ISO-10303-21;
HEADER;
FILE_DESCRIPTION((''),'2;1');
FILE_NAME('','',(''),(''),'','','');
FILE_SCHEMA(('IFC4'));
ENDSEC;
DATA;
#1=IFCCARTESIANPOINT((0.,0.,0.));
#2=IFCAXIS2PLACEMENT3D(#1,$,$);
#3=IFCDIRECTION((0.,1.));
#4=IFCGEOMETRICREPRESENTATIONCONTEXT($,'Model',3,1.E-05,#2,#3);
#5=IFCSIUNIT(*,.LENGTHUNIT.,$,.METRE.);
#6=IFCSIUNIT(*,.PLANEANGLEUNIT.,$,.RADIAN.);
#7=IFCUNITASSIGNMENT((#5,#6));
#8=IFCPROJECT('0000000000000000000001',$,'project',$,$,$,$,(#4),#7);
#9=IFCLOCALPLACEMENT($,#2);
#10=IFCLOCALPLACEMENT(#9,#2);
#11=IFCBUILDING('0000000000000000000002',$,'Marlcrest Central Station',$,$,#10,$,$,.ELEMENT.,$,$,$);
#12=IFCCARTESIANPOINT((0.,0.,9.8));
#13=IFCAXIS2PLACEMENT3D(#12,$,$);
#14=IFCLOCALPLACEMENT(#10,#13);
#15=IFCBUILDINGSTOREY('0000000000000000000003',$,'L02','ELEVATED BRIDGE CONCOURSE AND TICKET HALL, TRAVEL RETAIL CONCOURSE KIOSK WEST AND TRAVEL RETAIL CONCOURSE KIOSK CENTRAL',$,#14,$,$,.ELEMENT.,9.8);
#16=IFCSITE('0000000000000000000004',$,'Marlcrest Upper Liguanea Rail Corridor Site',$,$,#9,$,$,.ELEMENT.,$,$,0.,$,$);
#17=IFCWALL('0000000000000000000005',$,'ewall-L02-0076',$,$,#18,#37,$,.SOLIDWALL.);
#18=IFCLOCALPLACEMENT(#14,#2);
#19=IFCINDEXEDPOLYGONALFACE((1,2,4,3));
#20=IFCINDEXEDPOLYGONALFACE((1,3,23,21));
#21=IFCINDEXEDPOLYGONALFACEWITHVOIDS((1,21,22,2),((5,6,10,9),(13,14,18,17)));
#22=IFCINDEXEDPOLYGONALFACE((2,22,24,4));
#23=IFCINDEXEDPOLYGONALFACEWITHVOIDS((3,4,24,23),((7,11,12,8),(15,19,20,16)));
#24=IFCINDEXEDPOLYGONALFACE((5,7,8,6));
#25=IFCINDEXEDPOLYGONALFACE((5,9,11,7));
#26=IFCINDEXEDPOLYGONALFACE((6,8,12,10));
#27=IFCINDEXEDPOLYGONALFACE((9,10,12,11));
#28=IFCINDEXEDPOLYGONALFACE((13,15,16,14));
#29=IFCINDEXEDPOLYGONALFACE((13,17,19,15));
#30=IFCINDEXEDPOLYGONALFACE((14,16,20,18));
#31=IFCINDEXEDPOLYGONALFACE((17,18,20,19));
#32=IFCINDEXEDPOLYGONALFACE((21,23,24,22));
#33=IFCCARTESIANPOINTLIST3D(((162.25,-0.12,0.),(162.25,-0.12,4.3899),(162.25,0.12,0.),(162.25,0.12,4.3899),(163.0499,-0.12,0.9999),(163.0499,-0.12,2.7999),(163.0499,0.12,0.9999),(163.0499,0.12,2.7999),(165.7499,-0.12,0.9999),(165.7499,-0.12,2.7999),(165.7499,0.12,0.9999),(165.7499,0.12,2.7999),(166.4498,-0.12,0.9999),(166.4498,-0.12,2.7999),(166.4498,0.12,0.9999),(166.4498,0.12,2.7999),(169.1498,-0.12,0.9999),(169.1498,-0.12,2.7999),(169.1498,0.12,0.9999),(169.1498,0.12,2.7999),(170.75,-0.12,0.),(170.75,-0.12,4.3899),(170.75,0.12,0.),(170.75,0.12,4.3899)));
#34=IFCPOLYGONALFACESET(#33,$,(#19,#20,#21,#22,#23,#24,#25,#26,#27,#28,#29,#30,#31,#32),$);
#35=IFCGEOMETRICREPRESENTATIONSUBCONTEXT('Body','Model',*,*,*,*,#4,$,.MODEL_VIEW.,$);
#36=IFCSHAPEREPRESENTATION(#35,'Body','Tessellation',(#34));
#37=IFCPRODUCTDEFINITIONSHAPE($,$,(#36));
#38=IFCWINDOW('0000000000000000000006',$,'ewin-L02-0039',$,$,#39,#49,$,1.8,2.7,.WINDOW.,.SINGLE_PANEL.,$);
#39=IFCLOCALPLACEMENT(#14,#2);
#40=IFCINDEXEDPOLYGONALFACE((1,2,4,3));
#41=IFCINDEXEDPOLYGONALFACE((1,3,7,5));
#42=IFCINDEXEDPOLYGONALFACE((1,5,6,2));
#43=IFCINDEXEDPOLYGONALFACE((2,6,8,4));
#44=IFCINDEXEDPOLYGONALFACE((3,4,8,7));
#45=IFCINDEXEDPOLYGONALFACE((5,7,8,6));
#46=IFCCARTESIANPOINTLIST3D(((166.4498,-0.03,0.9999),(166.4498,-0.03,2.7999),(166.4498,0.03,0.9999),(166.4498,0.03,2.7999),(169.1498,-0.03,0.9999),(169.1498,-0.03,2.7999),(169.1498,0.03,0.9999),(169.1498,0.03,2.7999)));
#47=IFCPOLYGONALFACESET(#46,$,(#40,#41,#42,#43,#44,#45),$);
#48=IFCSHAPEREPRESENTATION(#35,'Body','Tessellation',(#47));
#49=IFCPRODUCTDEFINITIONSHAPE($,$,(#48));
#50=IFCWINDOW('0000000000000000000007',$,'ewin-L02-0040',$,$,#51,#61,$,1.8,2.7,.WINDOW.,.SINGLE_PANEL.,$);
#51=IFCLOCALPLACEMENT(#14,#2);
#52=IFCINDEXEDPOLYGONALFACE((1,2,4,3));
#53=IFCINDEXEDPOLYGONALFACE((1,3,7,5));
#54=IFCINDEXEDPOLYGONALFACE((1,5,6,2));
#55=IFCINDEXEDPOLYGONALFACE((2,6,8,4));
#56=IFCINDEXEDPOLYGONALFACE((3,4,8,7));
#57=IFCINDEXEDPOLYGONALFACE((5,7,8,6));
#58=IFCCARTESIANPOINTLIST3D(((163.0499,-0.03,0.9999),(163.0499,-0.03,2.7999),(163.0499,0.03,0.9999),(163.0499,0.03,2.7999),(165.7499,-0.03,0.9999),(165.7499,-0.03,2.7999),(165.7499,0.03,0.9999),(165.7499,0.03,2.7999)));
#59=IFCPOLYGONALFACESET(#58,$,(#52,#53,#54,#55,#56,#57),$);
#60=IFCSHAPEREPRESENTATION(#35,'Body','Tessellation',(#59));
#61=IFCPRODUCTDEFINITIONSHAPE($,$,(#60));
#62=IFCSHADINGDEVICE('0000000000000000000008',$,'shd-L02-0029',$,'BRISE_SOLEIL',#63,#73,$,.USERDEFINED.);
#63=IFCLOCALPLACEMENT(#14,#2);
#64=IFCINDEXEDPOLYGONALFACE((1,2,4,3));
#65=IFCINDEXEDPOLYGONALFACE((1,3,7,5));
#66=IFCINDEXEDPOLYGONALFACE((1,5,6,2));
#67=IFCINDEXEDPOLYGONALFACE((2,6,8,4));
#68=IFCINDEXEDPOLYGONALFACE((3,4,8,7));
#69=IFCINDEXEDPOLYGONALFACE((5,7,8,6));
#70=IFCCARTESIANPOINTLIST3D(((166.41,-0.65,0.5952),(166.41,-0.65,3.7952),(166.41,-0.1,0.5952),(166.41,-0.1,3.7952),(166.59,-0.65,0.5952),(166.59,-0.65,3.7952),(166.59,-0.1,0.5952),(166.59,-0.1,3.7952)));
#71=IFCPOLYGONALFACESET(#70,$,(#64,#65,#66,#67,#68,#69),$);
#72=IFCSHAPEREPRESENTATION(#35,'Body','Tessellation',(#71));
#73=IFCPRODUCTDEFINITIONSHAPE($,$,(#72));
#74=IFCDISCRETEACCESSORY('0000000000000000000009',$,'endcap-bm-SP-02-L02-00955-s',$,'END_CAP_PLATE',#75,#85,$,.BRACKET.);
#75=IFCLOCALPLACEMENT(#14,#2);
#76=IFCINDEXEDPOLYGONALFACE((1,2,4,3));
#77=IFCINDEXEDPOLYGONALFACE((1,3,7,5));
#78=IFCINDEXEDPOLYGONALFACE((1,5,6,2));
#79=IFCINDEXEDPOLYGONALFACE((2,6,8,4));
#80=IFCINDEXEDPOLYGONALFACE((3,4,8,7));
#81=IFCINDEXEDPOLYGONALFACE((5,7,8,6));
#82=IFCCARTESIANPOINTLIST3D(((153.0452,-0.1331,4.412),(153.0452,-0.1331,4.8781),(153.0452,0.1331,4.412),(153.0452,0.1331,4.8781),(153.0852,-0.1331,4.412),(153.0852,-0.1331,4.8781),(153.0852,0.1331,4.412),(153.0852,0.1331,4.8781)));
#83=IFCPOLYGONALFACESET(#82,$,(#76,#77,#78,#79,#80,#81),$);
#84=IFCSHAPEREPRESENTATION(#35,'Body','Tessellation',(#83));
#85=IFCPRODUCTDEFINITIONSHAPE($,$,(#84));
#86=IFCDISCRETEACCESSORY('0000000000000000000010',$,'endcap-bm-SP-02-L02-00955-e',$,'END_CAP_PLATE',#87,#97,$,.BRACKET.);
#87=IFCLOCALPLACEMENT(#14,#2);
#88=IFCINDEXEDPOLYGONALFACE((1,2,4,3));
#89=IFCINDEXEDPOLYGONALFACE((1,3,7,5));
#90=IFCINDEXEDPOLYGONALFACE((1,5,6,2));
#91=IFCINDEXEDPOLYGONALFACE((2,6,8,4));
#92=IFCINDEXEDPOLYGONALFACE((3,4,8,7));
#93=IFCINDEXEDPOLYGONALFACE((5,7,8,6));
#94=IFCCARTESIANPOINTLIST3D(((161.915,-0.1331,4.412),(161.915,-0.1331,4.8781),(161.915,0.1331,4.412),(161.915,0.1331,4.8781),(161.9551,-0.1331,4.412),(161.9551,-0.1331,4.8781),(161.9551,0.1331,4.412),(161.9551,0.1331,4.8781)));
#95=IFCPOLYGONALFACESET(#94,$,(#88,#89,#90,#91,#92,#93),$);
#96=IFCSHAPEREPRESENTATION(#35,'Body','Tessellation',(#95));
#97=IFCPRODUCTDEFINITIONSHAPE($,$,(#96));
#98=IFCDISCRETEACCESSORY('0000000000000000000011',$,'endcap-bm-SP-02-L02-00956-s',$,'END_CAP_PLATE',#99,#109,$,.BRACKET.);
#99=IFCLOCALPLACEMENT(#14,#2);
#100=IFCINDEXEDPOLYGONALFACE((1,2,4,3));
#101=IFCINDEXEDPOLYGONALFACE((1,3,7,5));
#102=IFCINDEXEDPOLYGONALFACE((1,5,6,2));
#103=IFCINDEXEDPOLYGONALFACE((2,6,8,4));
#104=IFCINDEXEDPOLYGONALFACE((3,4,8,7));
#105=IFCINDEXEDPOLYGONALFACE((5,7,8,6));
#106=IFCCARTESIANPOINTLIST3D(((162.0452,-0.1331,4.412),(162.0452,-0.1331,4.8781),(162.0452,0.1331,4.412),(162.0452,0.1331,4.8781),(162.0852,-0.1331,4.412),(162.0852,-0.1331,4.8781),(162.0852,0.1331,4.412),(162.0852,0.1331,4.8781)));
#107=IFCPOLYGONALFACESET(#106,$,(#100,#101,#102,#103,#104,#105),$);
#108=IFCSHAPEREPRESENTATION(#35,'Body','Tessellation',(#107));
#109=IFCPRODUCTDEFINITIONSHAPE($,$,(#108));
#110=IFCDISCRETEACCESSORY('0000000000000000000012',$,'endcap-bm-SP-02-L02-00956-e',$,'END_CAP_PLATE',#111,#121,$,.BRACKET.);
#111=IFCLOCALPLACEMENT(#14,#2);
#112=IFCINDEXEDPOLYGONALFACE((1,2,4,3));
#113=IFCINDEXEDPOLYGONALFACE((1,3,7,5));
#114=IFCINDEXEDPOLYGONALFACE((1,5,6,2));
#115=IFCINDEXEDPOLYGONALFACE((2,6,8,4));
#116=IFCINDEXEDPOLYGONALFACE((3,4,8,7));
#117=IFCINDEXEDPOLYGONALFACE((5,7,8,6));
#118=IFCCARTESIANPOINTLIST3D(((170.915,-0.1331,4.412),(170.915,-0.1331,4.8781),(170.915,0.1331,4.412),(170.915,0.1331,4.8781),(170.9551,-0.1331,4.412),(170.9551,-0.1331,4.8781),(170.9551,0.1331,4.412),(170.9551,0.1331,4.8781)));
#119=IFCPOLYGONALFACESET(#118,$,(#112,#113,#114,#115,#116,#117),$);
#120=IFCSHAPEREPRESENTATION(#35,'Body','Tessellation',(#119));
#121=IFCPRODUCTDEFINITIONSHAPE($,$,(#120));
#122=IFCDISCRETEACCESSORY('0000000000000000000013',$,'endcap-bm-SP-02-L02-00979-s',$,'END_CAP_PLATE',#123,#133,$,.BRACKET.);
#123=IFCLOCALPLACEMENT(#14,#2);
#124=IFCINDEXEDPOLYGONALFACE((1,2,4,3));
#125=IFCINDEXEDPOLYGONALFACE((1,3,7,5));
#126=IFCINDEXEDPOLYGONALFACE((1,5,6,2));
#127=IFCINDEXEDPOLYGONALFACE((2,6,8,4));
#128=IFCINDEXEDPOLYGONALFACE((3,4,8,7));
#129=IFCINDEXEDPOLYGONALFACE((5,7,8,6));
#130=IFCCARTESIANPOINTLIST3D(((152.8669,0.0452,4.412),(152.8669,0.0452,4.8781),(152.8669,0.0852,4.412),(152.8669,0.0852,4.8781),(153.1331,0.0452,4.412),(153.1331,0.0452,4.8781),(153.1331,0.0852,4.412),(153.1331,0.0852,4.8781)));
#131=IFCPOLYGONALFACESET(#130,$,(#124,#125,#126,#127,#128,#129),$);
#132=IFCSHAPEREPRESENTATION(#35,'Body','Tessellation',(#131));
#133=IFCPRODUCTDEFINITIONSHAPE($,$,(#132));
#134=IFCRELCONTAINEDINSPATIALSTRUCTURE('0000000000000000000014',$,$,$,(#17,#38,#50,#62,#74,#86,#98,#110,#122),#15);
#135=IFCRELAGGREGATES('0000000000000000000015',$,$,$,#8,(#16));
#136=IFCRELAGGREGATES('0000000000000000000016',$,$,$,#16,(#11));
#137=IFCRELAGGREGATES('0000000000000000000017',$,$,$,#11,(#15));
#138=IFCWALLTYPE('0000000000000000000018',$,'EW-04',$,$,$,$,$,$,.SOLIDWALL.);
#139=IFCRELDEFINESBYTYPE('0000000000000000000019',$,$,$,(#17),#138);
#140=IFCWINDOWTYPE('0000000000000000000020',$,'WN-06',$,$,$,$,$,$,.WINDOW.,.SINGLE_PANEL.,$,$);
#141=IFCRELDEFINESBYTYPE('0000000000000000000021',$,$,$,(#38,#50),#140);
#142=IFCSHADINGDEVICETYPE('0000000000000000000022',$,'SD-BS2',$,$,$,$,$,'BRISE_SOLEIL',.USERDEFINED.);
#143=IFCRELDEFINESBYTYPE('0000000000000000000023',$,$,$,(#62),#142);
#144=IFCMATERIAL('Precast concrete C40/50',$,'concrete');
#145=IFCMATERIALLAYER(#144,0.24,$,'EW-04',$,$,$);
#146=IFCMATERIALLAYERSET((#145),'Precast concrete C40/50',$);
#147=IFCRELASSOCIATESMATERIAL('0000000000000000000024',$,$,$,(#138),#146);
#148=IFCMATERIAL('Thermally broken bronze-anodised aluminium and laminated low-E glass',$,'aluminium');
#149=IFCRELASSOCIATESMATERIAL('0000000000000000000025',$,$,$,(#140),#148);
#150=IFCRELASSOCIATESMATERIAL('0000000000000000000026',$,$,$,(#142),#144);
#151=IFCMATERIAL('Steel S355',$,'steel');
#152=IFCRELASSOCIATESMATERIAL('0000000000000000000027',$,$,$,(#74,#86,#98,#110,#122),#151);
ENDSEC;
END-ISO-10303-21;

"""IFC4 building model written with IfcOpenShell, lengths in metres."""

from ifc_helpers import new_model, si_unit, direction, frame, frame_2d, origin, origin_2d, place, context, subcontext, project, spatial, rectangle, extrude, material, layer, layer_set, type_object, element, fill, save


model = new_model("IFC4")

# Units and contexts
model_context = context("Model", 3, precision=1e-05, world=origin(), true_north=direction((0.0, 1.0)))
body_context = subcontext(model_context, "Body", "Model", "MODEL_VIEW")
ifc_project = project(units=[si_unit("LENGTHUNIT", "METRE"), si_unit("PLANEANGLEUNIT", "RADIAN")], contexts=[model_context])

# Site, building, storey
site_placement = place(None, origin())
site = spatial("IfcSite", under=ifc_project, at=site_placement, Name="Marlcrest Upper Liguanea Rail Corridor Site", CompositionType="ELEMENT", RefElevation=0.0)
building_placement = place(site_placement, origin())
building = spatial("IfcBuilding", under=site, at=building_placement, Name="Marlcrest Central Station", CompositionType="ELEMENT")
storey_placement = place(building_placement, frame((0.0, 0.0, 9.8)))
storey = spatial("IfcBuildingStorey", under=building, at=storey_placement, Name="L02", Description="ELEVATED BRIDGE CONCOURSE AND TICKET HALL, TRAVEL RETAIL CONCOURSE KIOSK WEST AND TRAVEL RETAIL CONCOURSE KIOSK CENTRAL", CompositionType="ELEMENT", Elevation=9.8)

# Shared definitions
ifc_material_1 = material(Name="Steel S355", Category="steel")

# Wall, openings, windows
ifc_material_2 = material(Name="Precast concrete C40/50", Category="concrete")
ifc_layer_1 = layer(ifc_material_2, 0.24, Name="EW-04")
ifc_layer_set_1 = layer_set([ifc_layer_1], Name="Precast concrete C40/50")
wall_type = type_object("IfcWallType", Name="EW-04", PredefinedType="SOLIDWALL", material=ifc_layer_set_1)
wall_placement = place(storey_placement, frame((170.75, 0.0, 0.0), z_axis=(0.0, 0.0, 1.0), x_axis=(-1.0, 0.0, 0.0)))
wall = element("IfcWall", 1, at=wall_placement, inside=storey, type_object=wall_type, Name="ewall-L02-0076", PredefinedType="SOLIDWALL", context=body_context, shape_type="SweptSolid", body=[
    extrude(rectangle(XDim=8.5, YDim=0.24, at=frame_2d((4.25, 0.0))), origin(), (0.0, 0.0, 1.0), 4.3899),
])
opening_1_placement = place(wall_placement, frame((1.6001, 0.0, 1.0)))
opening_1 = element("IfcOpeningElement", 2, at=opening_1_placement, cuts=wall, PredefinedType="OPENING", context=body_context, shape_type="SweptSolid", body=[
    extrude(rectangle(XDim=2.7, YDim=1.8, at=frame_2d((1.3501, 0.8999))), frame((0.0, 0.1299, 0.0), z_axis=(0.0, -1.0, 0.0), x_axis=(1.0, 0.0, 0.0)), (0.0, 0.0, 1.0), 0.26),
])
opening_2_placement = place(wall_placement, frame((5.0, 0.0, 1.0)))
opening_2 = element("IfcOpeningElement", 3, at=opening_2_placement, cuts=wall, PredefinedType="OPENING", context=body_context, shape_type="SweptSolid", body=[
    extrude(rectangle(XDim=2.7, YDim=1.8, at=frame_2d((1.3501, 0.8999))), frame((0.0, 0.1299, 0.0), z_axis=(0.0, -1.0, 0.0), x_axis=(1.0, 0.0, 0.0)), (0.0, 0.0, 1.0), 0.26),
])
ifc_material_3 = material(Name="Thermally broken bronze-anodised aluminium and laminated low-E glass", Category="aluminium")
window_type = type_object("IfcWindowType", Name="WN-06", PartitioningType="SINGLE_PANEL", PredefinedType="WINDOW", material=ifc_material_3)
window_1_placement = place(opening_1_placement, origin())
window_1 = element("IfcWindow", 4, at=window_1_placement, inside=storey, type_object=window_type, Name="ewin-L02-0039", OverallHeight=1.8, OverallWidth=2.7, PartitioningType="SINGLE_PANEL", PredefinedType="WINDOW", context=body_context, shape_type="SweptSolid", body=[
    extrude(rectangle(XDim=2.7, YDim=1.8, at=frame_2d((1.3501, 0.8999))), frame((0.0, 0.03, 0.0), z_axis=(0.0, -1.0, 0.0), x_axis=(1.0, 0.0, 0.0)), (0.0, 0.0, 1.0), 0.0601),
])
fill(opening_1, window_1)
window_2_placement = place(opening_2_placement, origin())
window_2 = element("IfcWindow", 5, at=window_2_placement, inside=storey, type_object=window_type, Name="ewin-L02-0040", OverallHeight=1.8, OverallWidth=2.7, PartitioningType="SINGLE_PANEL", PredefinedType="WINDOW", context=body_context, shape_type="SweptSolid", body=[
    extrude(rectangle(XDim=2.7, YDim=1.8, at=frame_2d((1.3501, 0.8999))), frame((0.0, 0.03, 0.0), z_axis=(0.0, -1.0, 0.0), x_axis=(1.0, 0.0, 0.0)), (0.0, 0.0, 1.0), 0.0601),
])
fill(opening_2, window_2)

# Shading device
shading_device_type = type_object("IfcShadingDeviceType", Name="SD-BS2", ElementType="BRISE_SOLEIL", PredefinedType="USERDEFINED", material=ifc_material_2)
shading_device_placement = place(storey_placement, frame((166.5, -0.375, 0.5952), z_axis=(0.0, 0.0, 1.0), x_axis=(1.0, 0.0, 0.0)))
element("IfcShadingDevice", 6, at=shading_device_placement, inside=storey, type_object=shading_device_type, Name="shd-L02-0029", ObjectType="BRISE_SOLEIL", PredefinedType="USERDEFINED", context=body_context, shape_type="SweptSolid", body=[
    extrude(rectangle(XDim=0.1799, YDim=0.55, at=origin_2d()), origin(), (0.0, 0.0, 1.0), 3.2),
])

# Discrete accessories
for number, where, z_axis, x_axis, name in (
    (7, (153.0452, 0.0, 4.645), (1.0, 0.0, 0.0), (0.0, 1.0, 0.0), "endcap-bm-SP-02-L02-00955-s"),
    (8, (161.915, 0.0, 4.645), (1.0, 0.0, 0.0), (0.0, 1.0, 0.0), "endcap-bm-SP-02-L02-00955-e"),
    (9, (162.0452, 0.0, 4.645), (1.0, 0.0, 0.0), (0.0, 1.0, 0.0), "endcap-bm-SP-02-L02-00956-s"),
    (10, (170.915, 0.0, 4.645), (1.0, 0.0, 0.0), (0.0, 1.0, 0.0), "endcap-bm-SP-02-L02-00956-e"),
    (11, (153.0, 0.0452, 4.645), (0.0, 1.0, 0.0), (-1.0, 0.0, 0.0), "endcap-bm-SP-02-L02-00979-s"),
):
    element("IfcDiscreteAccessory", number, at=place(storey_placement, frame(where, z_axis=z_axis, x_axis=x_axis)), inside=storey, material=ifc_material_1, Name=name, ObjectType="END_CAP_PLATE", PredefinedType="BRACKET", context=body_context, shape_type="SweptSolid", body=[
        extrude(rectangle(XDim=0.2661, YDim=0.4661, at=origin_2d()), origin(), (0.0, 0.0, 1.0), 0.04),
    ])

save(model, "model.ifc")
